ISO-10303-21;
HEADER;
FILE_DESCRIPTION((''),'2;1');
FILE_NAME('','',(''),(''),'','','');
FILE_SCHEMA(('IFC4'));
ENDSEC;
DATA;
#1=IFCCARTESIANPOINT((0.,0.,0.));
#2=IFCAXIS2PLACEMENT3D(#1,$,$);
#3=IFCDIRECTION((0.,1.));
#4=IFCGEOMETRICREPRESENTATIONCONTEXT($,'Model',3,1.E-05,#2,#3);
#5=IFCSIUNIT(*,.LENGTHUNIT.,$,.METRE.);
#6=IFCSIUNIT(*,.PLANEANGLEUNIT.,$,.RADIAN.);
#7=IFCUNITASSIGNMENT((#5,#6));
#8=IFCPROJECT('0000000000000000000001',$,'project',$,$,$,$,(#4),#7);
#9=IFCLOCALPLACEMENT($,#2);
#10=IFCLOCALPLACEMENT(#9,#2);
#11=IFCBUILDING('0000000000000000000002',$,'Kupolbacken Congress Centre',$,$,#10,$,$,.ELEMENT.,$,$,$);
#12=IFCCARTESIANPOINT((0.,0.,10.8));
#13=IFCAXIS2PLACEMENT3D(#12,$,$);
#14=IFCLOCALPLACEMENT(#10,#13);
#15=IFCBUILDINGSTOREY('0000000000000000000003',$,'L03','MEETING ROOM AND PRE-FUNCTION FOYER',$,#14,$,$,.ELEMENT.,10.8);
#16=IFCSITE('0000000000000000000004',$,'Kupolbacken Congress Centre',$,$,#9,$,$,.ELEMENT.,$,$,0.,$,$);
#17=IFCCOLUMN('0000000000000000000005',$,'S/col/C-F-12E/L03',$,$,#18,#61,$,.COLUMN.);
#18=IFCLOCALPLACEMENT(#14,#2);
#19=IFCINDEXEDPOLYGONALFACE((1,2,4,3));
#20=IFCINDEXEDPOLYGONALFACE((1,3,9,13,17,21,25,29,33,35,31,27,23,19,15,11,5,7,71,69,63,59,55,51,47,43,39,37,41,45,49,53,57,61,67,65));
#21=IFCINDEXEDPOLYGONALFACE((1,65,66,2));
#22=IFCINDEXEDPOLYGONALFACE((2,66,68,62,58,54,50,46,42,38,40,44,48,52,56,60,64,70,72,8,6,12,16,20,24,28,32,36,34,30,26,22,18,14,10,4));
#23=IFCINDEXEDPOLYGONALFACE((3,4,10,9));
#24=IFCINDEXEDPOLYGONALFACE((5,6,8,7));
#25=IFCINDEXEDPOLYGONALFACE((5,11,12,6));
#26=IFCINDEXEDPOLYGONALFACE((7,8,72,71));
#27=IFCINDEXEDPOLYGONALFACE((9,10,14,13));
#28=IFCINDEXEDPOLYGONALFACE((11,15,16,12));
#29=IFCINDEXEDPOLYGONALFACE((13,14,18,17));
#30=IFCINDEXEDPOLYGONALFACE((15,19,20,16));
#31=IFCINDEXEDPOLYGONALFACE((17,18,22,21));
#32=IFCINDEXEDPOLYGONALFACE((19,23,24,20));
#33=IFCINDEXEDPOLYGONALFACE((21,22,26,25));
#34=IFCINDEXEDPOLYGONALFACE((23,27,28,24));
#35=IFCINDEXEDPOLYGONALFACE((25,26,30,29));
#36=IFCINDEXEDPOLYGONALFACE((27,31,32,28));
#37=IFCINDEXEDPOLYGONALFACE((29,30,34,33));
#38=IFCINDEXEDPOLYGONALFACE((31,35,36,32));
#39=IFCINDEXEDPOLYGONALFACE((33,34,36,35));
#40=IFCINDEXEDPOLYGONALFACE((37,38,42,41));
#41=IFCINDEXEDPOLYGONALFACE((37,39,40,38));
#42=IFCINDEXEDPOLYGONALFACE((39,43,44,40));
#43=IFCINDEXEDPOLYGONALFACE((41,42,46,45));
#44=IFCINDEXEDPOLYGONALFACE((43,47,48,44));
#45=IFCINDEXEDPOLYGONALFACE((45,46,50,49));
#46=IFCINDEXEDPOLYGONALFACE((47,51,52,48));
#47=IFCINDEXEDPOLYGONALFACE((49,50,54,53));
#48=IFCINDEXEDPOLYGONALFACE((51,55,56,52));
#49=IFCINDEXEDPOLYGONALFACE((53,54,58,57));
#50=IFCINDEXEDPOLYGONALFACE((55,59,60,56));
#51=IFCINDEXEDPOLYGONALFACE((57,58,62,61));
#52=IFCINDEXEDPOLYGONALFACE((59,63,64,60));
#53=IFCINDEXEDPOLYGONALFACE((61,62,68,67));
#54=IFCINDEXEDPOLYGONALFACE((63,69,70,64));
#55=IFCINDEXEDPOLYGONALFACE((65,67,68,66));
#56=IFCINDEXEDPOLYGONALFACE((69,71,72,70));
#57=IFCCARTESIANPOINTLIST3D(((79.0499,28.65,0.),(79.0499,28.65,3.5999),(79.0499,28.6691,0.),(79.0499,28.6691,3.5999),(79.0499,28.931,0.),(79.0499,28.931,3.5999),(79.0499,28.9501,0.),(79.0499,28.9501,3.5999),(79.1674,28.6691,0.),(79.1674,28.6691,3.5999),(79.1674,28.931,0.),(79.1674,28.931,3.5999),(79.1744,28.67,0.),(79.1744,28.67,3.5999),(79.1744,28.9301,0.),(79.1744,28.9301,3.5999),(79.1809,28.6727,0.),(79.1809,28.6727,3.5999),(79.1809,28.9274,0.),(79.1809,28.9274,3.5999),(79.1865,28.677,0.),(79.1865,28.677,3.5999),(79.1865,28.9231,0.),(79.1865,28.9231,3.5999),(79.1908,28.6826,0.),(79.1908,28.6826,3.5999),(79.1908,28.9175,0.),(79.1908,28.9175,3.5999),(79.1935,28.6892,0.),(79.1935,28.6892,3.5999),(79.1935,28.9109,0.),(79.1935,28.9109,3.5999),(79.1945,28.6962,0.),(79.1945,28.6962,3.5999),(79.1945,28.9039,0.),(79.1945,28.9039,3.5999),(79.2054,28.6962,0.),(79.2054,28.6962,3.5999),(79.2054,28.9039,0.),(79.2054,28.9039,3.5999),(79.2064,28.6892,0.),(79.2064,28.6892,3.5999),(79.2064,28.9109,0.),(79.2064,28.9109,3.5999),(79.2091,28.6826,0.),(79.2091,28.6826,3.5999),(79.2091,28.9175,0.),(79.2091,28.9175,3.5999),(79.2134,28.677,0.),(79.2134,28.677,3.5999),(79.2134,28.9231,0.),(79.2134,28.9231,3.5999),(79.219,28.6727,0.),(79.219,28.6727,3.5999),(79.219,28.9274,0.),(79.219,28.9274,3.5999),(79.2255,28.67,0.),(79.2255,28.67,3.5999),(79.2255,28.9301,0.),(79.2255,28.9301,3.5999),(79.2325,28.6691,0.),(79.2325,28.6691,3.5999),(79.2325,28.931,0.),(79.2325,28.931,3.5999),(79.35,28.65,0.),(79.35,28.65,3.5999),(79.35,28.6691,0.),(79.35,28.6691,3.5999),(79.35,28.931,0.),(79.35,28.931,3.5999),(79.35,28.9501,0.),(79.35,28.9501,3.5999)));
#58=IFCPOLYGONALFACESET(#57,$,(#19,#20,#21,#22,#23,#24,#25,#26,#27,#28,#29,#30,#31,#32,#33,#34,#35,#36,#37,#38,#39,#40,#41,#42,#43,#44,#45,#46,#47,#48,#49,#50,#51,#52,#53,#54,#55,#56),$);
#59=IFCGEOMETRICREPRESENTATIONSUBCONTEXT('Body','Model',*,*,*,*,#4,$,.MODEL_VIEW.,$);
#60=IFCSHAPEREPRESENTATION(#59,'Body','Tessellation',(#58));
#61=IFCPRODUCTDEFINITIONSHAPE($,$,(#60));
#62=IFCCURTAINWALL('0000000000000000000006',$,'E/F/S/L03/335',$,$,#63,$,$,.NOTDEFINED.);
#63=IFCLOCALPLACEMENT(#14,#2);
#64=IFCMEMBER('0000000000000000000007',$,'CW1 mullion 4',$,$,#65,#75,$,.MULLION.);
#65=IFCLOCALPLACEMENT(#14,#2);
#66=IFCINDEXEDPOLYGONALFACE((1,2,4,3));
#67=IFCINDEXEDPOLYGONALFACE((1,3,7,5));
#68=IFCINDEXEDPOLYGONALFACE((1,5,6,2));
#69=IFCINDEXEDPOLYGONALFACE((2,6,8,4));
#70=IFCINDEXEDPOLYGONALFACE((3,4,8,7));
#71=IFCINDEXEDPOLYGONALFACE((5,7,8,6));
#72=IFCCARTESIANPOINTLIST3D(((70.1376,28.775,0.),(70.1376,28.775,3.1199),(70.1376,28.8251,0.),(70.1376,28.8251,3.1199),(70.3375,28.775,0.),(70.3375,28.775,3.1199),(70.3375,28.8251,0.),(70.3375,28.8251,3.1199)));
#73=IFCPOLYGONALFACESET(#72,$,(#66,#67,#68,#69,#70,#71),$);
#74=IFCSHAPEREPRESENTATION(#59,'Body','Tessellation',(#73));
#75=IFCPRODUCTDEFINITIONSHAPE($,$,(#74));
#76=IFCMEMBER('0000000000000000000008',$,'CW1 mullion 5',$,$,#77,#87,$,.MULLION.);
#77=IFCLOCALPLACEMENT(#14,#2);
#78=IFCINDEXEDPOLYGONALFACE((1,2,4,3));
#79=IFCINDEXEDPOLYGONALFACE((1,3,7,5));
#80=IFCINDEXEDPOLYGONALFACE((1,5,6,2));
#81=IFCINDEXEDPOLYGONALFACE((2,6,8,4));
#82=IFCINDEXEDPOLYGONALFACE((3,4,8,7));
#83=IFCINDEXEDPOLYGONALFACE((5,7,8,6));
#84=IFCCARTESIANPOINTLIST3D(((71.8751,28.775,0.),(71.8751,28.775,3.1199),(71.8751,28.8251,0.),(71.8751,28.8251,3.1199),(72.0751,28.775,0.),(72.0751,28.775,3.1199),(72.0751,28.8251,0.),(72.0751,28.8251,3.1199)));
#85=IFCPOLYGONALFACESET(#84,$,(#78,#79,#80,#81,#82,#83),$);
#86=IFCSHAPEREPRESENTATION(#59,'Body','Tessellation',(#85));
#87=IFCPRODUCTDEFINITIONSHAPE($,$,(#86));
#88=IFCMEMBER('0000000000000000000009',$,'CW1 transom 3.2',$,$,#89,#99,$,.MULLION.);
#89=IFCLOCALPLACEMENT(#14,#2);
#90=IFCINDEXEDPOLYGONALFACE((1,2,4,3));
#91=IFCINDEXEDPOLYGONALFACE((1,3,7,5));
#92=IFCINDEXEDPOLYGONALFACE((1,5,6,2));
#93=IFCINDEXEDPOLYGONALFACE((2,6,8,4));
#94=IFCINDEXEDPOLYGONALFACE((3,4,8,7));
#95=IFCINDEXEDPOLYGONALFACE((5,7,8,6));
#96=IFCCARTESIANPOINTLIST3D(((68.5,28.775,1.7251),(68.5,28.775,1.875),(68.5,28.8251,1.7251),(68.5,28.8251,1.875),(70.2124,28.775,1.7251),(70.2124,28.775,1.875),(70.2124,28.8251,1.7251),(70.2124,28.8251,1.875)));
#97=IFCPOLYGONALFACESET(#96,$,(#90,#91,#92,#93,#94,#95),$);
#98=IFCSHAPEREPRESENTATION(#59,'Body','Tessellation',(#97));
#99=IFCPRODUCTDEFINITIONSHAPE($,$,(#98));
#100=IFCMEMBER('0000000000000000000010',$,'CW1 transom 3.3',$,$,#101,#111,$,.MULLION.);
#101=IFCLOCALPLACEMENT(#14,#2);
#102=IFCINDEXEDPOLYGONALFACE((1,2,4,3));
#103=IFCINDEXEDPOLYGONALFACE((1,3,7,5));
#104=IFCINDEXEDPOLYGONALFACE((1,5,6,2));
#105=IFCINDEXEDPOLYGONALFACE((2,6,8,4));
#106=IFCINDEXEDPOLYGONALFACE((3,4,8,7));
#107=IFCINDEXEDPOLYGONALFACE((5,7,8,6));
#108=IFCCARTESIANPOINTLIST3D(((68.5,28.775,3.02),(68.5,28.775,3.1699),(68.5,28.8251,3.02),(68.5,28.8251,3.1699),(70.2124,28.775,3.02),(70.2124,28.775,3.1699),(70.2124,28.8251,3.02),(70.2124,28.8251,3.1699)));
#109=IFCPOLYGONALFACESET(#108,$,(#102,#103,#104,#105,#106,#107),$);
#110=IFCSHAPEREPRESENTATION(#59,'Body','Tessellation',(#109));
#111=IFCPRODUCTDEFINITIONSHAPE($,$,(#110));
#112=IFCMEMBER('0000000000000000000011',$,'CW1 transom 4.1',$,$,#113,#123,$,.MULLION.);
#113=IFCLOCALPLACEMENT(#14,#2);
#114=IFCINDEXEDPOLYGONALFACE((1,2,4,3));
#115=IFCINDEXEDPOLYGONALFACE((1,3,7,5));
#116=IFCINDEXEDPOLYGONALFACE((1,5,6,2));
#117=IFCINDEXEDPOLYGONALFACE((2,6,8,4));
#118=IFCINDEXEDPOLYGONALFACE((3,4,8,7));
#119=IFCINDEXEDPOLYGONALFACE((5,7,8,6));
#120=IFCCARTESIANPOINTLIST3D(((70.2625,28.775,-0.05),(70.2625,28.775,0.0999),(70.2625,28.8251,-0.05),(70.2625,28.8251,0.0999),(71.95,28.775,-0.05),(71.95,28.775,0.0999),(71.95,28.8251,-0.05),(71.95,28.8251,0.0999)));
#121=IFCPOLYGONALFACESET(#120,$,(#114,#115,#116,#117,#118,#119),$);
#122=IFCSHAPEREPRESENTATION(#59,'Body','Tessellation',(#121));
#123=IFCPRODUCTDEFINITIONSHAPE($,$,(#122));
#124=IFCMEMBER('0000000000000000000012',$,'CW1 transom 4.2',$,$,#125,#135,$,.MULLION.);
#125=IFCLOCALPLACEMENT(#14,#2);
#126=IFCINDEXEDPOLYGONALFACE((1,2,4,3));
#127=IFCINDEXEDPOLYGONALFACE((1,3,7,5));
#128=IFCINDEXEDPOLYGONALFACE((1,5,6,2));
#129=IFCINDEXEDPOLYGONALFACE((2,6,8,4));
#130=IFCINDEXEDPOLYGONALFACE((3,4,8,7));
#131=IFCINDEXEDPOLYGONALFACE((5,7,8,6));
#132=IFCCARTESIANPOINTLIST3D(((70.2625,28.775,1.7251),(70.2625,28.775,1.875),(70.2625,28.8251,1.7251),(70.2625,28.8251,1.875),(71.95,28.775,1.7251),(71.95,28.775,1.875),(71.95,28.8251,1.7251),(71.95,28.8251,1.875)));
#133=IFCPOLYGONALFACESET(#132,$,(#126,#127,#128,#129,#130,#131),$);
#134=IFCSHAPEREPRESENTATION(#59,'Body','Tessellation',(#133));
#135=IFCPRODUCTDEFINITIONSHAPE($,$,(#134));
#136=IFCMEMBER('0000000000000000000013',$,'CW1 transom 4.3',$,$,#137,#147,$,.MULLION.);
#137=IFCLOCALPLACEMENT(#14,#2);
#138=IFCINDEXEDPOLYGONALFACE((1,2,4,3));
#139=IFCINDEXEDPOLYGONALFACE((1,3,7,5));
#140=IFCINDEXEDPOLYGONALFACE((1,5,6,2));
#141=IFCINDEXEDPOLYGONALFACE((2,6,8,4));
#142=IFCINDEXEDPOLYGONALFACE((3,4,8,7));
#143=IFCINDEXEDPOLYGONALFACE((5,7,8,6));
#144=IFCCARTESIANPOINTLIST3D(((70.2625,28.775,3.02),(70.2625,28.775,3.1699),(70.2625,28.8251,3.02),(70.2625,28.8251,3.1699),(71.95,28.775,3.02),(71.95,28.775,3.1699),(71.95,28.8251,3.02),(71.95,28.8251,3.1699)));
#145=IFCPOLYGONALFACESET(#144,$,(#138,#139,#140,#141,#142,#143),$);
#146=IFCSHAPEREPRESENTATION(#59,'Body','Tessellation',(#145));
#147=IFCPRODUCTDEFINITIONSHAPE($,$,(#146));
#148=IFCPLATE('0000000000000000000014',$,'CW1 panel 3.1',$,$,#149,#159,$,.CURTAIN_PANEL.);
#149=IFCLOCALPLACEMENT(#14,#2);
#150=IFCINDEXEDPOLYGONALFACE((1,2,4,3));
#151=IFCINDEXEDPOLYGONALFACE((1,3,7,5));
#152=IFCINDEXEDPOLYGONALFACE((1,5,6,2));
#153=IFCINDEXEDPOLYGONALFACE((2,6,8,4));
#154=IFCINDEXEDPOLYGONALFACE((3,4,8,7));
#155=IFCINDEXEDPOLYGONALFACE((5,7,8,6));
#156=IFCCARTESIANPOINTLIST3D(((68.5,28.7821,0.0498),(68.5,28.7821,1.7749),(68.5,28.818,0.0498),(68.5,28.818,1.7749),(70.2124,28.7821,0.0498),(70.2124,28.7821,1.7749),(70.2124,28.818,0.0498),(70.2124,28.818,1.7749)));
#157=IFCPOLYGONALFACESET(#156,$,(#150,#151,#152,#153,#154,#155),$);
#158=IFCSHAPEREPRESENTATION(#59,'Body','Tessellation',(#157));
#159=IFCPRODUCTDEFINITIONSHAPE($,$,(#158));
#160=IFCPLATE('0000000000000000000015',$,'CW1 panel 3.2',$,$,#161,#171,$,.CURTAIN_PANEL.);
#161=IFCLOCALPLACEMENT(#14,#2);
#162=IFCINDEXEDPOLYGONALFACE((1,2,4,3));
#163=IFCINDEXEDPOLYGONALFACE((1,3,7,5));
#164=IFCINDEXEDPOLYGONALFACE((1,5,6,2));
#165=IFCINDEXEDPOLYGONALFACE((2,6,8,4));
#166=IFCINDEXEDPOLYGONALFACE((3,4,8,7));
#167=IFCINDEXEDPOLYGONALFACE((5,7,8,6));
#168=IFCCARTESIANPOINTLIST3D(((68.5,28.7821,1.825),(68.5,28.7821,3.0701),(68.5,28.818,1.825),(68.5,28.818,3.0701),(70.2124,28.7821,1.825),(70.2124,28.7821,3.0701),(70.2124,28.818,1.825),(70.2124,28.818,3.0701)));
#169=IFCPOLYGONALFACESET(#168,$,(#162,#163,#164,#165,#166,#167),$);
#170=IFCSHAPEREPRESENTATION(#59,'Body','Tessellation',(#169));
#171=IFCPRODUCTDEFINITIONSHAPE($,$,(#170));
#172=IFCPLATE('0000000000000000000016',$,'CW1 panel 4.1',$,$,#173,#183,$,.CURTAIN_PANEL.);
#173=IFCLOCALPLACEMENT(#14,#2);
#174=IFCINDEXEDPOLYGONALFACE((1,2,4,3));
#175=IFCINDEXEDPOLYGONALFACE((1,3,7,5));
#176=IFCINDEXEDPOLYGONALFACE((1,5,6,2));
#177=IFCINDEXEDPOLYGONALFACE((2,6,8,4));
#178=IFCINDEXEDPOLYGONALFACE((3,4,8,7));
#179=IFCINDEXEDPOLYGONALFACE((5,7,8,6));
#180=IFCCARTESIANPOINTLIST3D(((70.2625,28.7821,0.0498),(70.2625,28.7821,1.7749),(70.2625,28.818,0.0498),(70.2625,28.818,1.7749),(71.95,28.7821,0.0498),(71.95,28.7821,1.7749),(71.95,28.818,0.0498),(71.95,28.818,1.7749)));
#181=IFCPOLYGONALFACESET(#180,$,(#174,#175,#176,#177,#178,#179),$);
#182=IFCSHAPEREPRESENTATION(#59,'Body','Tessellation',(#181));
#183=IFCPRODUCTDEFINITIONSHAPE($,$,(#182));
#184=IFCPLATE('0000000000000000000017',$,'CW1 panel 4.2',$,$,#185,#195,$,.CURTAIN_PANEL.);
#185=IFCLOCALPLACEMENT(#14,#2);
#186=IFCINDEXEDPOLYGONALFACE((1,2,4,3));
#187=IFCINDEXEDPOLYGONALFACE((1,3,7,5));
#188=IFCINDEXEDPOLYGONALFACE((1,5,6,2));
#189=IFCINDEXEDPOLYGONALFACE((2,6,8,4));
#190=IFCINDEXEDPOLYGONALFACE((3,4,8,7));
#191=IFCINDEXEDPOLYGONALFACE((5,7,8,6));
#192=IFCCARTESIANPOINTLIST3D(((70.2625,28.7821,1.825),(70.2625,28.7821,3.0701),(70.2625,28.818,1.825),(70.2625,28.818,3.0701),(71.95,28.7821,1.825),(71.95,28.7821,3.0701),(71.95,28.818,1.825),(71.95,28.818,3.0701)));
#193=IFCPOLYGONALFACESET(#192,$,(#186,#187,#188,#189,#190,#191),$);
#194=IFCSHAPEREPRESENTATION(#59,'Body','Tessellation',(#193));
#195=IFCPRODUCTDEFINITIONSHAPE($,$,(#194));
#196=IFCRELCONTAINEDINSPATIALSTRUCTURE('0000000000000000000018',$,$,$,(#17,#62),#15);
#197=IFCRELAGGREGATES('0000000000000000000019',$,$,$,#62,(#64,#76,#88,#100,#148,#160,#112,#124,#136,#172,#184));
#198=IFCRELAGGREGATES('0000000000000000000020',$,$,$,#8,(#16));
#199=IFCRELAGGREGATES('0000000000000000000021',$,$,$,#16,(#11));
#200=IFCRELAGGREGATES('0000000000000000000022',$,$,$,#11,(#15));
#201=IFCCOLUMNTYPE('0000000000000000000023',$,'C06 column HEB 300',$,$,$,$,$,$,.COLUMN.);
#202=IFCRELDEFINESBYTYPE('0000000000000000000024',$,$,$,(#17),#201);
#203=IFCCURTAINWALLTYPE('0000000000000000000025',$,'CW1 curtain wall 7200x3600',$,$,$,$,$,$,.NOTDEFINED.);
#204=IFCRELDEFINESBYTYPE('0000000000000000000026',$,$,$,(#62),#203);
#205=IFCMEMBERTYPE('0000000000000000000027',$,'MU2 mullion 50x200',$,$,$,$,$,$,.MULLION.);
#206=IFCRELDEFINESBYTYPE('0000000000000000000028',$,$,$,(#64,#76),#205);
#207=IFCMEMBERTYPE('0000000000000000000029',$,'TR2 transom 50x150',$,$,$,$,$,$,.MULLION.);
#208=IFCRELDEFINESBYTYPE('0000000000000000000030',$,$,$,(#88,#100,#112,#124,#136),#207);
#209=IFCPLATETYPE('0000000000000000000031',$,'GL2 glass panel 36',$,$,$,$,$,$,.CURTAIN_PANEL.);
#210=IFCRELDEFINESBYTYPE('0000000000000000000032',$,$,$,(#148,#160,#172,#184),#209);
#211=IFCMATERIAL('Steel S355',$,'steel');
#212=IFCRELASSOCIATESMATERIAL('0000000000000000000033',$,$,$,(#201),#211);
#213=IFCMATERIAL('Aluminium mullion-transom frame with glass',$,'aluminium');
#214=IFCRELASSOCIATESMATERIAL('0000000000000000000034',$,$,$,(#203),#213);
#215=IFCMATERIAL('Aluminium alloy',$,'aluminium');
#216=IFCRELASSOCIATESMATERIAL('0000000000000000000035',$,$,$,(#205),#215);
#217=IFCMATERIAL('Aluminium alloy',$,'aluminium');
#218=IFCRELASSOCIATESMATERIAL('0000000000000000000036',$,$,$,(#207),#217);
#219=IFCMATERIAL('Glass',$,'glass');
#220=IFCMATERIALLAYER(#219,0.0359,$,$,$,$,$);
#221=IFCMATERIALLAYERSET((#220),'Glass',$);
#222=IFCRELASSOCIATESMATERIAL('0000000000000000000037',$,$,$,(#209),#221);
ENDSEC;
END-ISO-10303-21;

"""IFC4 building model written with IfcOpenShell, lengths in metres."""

from ifc_helpers import new_model, si_unit, direction, frame, origin, origin_2d, place, context, subcontext, project, spatial, rectangle, i_section, extrude, material, layer, layer_set, material_profile, profile_set, type_object, element, aggregate, save


model = new_model("IFC4")

# Units and contexts
model_context = context("Model", 3, precision=1e-05, world=origin(), true_north=direction((0.0, 1.0)))
body_context = subcontext(model_context, "Body", "Model", "MODEL_VIEW")
ifc_project = project(units=[si_unit("LENGTHUNIT", "METRE"), si_unit("PLANEANGLEUNIT", "RADIAN")], contexts=[model_context])

# Site, building, storey
site_placement = place(None, origin())
site = spatial("IfcSite", under=ifc_project, at=site_placement, Name="Kupolbacken Congress Centre", CompositionType="ELEMENT", RefElevation=0.0)
building_placement = place(site_placement, origin())
building = spatial("IfcBuilding", under=site, at=building_placement, Name="Kupolbacken Congress Centre", CompositionType="ELEMENT")
storey_placement = place(building_placement, frame((0.0, 0.0, 10.8)))
storey = spatial("IfcBuildingStorey", under=building, at=storey_placement, Name="L03", Description="MEETING ROOM AND PRE-FUNCTION FOYER", CompositionType="ELEMENT", Elevation=10.8)

# Column
ifc_material_1 = material(Name="Steel S355", Category="steel")
ifc_material_profile_1 = material_profile(ifc_material_1, i_section(OverallWidth=0.3, OverallDepth=0.3, WebThickness=0.011, FlangeThickness=0.019, FilletRadius=0.0271, at=origin_2d()), Name="HEB 300")
ifc_profile_set_1 = profile_set([ifc_material_profile_1], Name="Steel S355")
column_type = type_object("IfcColumnType", Name="C06 column HEB 300", PredefinedType="COLUMN", material=ifc_profile_set_1)
column_placement = place(storey_placement, frame((79.2, 28.8, 0.0), z_axis=(0.0, 0.0, 1.0), x_axis=(1.0, 0.0, 0.0)))
element("IfcColumn", 1, at=column_placement, inside=storey, type_object=column_type, Name="S/col/C-F-12E/L03", PredefinedType="COLUMN", context=body_context, shape_type="SweptSolid", body=[
    extrude(i_section(OverallWidth=0.3, OverallDepth=0.3, WebThickness=0.011, FlangeThickness=0.019, FilletRadius=0.0271, at=origin_2d()), origin(), (0.0, 0.0, 1.0), 3.5999),
])

# Curtain wall, members, plates
ifc_material_2 = material(Name="Aluminium mullion-transom frame with glass", Category="aluminium")
curtain_wall_type = type_object("IfcCurtainWallType", Name="CW1 curtain wall 7200x3600", PredefinedType="NOTDEFINED", material=ifc_material_2)
curtain_wall_placement = place(storey_placement, origin())
curtain_wall = element("IfcCurtainWall", 2, at=curtain_wall_placement, inside=storey, type_object=curtain_wall_type, Name="E/F/S/L03/335", PredefinedType="NOTDEFINED")
ifc_material_3 = material(Name="Aluminium alloy", Category="aluminium")
ifc_material_profile_2 = material_profile(ifc_material_3, rectangle(XDim=0.05, YDim=0.2, at=origin_2d()), Name="50 x 200")
ifc_profile_set_2 = profile_set([ifc_material_profile_2], Name="Aluminium alloy")
member_type_1 = type_object("IfcMemberType", Name="MU2 mullion 50x200", PredefinedType="MULLION", material=ifc_profile_set_2)
member_1_placement = place(storey_placement, frame((70.2375, 28.8, 0.0), z_axis=(0.0, 0.0, 1.0), x_axis=(0.0, 1.0, 0.0)))
member_1 = element("IfcMember", 3, at=member_1_placement, type_object=member_type_1, Name="CW1 mullion 4", PredefinedType="MULLION", context=body_context, shape_type="SweptSolid", body=[
    extrude(rectangle(XDim=0.05, YDim=0.2, at=origin_2d()), origin(), (0.0, 0.0, 1.0), 3.1199),
])
member_2_placement = place(storey_placement, frame((71.9751, 28.8, 0.0), z_axis=(0.0, 0.0, 1.0), x_axis=(0.0, 1.0, 0.0)))
member_2 = element("IfcMember", 4, at=member_2_placement, type_object=member_type_1, Name="CW1 mullion 5", PredefinedType="MULLION", context=body_context, shape_type="SweptSolid", body=[
    extrude(rectangle(XDim=0.05, YDim=0.2, at=origin_2d()), origin(), (0.0, 0.0, 1.0), 3.1199),
])
ifc_material_4 = material(Name="Aluminium alloy", Category="aluminium")
ifc_material_profile_3 = material_profile(ifc_material_4, rectangle(XDim=0.05, YDim=0.1499, at=origin_2d()), Name="50 x 150")
ifc_profile_set_3 = profile_set([ifc_material_profile_3], Name="Aluminium alloy")
member_type_2 = type_object("IfcMemberType", Name="TR2 transom 50x150", PredefinedType="MULLION", material=ifc_profile_set_3)
member_3_placement = place(storey_placement, frame((68.5, 28.8, 1.8), z_axis=(1.0, 0.0, 0.0), x_axis=(0.0, 1.0, 0.0)))
member_3 = element("IfcMember", 5, at=member_3_placement, type_object=member_type_2, Name="CW1 transom 3.2", PredefinedType="MULLION", context=body_context, shape_type="SweptSolid", body=[
    extrude(rectangle(XDim=0.05, YDim=0.1499, at=origin_2d()), origin(), (0.0, 0.0, 1.0), 1.7124),
])
member_4_placement = place(storey_placement, frame((68.5, 28.8, 3.095), z_axis=(1.0, 0.0, 0.0), x_axis=(0.0, 1.0, 0.0)))
member_4 = element("IfcMember", 6, at=member_4_placement, type_object=member_type_2, Name="CW1 transom 3.3", PredefinedType="MULLION", context=body_context, shape_type="SweptSolid", body=[
    extrude(rectangle(XDim=0.05, YDim=0.1499, at=origin_2d()), origin(), (0.0, 0.0, 1.0), 1.7124),
])
member_5_placement = place(storey_placement, frame((70.2625, 28.8, 0.0249), z_axis=(1.0, 0.0, 0.0), x_axis=(0.0, 1.0, 0.0)))
member_5 = element("IfcMember", 7, at=member_5_placement, type_object=member_type_2, Name="CW1 transom 4.1", PredefinedType="MULLION", context=body_context, shape_type="SweptSolid", body=[
    extrude(rectangle(XDim=0.05, YDim=0.1499, at=origin_2d()), origin(), (0.0, 0.0, 1.0), 1.6875),
])
member_6_placement = place(storey_placement, frame((70.2625, 28.8, 1.8), z_axis=(1.0, 0.0, 0.0), x_axis=(0.0, 1.0, 0.0)))
member_6 = element("IfcMember", 8, at=member_6_placement, type_object=member_type_2, Name="CW1 transom 4.2", PredefinedType="MULLION", context=body_context, shape_type="SweptSolid", body=[
    extrude(rectangle(XDim=0.05, YDim=0.1499, at=origin_2d()), origin(), (0.0, 0.0, 1.0), 1.6875),
])
member_7_placement = place(storey_placement, frame((70.2625, 28.8, 3.095), z_axis=(1.0, 0.0, 0.0), x_axis=(0.0, 1.0, 0.0)))
member_7 = element("IfcMember", 9, at=member_7_placement, type_object=member_type_2, Name="CW1 transom 4.3", PredefinedType="MULLION", context=body_context, shape_type="SweptSolid", body=[
    extrude(rectangle(XDim=0.05, YDim=0.1499, at=origin_2d()), origin(), (0.0, 0.0, 1.0), 1.6875),
])
ifc_material_5 = material(Name="Glass", Category="glass")
ifc_layer_1 = layer(ifc_material_5, 0.0359)
ifc_layer_set_1 = layer_set([ifc_layer_1], Name="Glass")
plate_type = type_object("IfcPlateType", Name="GL2 glass panel 36", PredefinedType="CURTAIN_PANEL", material=ifc_layer_set_1)
plate_1_placement = place(storey_placement, frame((69.3562, 28.8, 0.0498), z_axis=(0.0, 0.0, 1.0), x_axis=(1.0, 0.0, 0.0)))
plate_1 = element("IfcPlate", 10, at=plate_1_placement, type_object=plate_type, Name="CW1 panel 3.1", PredefinedType="CURTAIN_PANEL", context=body_context, shape_type="SweptSolid", body=[
    extrude(rectangle(XDim=1.7124, YDim=0.0359, at=origin_2d()), origin(), (0.0, 0.0, 1.0), 1.7251),
])
plate_2_placement = place(storey_placement, frame((69.3562, 28.8, 1.825), z_axis=(0.0, 0.0, 1.0), x_axis=(1.0, 0.0, 0.0)))
plate_2 = element("IfcPlate", 11, at=plate_2_placement, type_object=plate_type, Name="CW1 panel 3.2", PredefinedType="CURTAIN_PANEL", context=body_context, shape_type="SweptSolid", body=[
    extrude(rectangle(XDim=1.7124, YDim=0.0359, at=origin_2d()), origin(), (0.0, 0.0, 1.0), 1.2451),
])
plate_3_placement = place(storey_placement, frame((71.1062, 28.8, 0.0498), z_axis=(0.0, 0.0, 1.0), x_axis=(1.0, 0.0, 0.0)))
plate_3 = element("IfcPlate", 12, at=plate_3_placement, type_object=plate_type, Name="CW1 panel 4.1", PredefinedType="CURTAIN_PANEL", context=body_context, shape_type="SweptSolid", body=[
    extrude(rectangle(XDim=1.6875, YDim=0.0359, at=origin_2d()), origin(), (0.0, 0.0, 1.0), 1.7251),
])
plate_4_placement = place(storey_placement, frame((71.1062, 28.8, 1.825), z_axis=(0.0, 0.0, 1.0), x_axis=(1.0, 0.0, 0.0)))
plate_4 = element("IfcPlate", 13, at=plate_4_placement, type_object=plate_type, Name="CW1 panel 4.2", PredefinedType="CURTAIN_PANEL", context=body_context, shape_type="SweptSolid", body=[
    extrude(rectangle(XDim=1.6875, YDim=0.0359, at=origin_2d()), origin(), (0.0, 0.0, 1.0), 1.2451),
])
aggregate(curtain_wall, [member_1, member_2, member_3, member_4, plate_1, plate_2, member_5, member_6, member_7, plate_3, plate_4])

save(model, "model.ifc")
